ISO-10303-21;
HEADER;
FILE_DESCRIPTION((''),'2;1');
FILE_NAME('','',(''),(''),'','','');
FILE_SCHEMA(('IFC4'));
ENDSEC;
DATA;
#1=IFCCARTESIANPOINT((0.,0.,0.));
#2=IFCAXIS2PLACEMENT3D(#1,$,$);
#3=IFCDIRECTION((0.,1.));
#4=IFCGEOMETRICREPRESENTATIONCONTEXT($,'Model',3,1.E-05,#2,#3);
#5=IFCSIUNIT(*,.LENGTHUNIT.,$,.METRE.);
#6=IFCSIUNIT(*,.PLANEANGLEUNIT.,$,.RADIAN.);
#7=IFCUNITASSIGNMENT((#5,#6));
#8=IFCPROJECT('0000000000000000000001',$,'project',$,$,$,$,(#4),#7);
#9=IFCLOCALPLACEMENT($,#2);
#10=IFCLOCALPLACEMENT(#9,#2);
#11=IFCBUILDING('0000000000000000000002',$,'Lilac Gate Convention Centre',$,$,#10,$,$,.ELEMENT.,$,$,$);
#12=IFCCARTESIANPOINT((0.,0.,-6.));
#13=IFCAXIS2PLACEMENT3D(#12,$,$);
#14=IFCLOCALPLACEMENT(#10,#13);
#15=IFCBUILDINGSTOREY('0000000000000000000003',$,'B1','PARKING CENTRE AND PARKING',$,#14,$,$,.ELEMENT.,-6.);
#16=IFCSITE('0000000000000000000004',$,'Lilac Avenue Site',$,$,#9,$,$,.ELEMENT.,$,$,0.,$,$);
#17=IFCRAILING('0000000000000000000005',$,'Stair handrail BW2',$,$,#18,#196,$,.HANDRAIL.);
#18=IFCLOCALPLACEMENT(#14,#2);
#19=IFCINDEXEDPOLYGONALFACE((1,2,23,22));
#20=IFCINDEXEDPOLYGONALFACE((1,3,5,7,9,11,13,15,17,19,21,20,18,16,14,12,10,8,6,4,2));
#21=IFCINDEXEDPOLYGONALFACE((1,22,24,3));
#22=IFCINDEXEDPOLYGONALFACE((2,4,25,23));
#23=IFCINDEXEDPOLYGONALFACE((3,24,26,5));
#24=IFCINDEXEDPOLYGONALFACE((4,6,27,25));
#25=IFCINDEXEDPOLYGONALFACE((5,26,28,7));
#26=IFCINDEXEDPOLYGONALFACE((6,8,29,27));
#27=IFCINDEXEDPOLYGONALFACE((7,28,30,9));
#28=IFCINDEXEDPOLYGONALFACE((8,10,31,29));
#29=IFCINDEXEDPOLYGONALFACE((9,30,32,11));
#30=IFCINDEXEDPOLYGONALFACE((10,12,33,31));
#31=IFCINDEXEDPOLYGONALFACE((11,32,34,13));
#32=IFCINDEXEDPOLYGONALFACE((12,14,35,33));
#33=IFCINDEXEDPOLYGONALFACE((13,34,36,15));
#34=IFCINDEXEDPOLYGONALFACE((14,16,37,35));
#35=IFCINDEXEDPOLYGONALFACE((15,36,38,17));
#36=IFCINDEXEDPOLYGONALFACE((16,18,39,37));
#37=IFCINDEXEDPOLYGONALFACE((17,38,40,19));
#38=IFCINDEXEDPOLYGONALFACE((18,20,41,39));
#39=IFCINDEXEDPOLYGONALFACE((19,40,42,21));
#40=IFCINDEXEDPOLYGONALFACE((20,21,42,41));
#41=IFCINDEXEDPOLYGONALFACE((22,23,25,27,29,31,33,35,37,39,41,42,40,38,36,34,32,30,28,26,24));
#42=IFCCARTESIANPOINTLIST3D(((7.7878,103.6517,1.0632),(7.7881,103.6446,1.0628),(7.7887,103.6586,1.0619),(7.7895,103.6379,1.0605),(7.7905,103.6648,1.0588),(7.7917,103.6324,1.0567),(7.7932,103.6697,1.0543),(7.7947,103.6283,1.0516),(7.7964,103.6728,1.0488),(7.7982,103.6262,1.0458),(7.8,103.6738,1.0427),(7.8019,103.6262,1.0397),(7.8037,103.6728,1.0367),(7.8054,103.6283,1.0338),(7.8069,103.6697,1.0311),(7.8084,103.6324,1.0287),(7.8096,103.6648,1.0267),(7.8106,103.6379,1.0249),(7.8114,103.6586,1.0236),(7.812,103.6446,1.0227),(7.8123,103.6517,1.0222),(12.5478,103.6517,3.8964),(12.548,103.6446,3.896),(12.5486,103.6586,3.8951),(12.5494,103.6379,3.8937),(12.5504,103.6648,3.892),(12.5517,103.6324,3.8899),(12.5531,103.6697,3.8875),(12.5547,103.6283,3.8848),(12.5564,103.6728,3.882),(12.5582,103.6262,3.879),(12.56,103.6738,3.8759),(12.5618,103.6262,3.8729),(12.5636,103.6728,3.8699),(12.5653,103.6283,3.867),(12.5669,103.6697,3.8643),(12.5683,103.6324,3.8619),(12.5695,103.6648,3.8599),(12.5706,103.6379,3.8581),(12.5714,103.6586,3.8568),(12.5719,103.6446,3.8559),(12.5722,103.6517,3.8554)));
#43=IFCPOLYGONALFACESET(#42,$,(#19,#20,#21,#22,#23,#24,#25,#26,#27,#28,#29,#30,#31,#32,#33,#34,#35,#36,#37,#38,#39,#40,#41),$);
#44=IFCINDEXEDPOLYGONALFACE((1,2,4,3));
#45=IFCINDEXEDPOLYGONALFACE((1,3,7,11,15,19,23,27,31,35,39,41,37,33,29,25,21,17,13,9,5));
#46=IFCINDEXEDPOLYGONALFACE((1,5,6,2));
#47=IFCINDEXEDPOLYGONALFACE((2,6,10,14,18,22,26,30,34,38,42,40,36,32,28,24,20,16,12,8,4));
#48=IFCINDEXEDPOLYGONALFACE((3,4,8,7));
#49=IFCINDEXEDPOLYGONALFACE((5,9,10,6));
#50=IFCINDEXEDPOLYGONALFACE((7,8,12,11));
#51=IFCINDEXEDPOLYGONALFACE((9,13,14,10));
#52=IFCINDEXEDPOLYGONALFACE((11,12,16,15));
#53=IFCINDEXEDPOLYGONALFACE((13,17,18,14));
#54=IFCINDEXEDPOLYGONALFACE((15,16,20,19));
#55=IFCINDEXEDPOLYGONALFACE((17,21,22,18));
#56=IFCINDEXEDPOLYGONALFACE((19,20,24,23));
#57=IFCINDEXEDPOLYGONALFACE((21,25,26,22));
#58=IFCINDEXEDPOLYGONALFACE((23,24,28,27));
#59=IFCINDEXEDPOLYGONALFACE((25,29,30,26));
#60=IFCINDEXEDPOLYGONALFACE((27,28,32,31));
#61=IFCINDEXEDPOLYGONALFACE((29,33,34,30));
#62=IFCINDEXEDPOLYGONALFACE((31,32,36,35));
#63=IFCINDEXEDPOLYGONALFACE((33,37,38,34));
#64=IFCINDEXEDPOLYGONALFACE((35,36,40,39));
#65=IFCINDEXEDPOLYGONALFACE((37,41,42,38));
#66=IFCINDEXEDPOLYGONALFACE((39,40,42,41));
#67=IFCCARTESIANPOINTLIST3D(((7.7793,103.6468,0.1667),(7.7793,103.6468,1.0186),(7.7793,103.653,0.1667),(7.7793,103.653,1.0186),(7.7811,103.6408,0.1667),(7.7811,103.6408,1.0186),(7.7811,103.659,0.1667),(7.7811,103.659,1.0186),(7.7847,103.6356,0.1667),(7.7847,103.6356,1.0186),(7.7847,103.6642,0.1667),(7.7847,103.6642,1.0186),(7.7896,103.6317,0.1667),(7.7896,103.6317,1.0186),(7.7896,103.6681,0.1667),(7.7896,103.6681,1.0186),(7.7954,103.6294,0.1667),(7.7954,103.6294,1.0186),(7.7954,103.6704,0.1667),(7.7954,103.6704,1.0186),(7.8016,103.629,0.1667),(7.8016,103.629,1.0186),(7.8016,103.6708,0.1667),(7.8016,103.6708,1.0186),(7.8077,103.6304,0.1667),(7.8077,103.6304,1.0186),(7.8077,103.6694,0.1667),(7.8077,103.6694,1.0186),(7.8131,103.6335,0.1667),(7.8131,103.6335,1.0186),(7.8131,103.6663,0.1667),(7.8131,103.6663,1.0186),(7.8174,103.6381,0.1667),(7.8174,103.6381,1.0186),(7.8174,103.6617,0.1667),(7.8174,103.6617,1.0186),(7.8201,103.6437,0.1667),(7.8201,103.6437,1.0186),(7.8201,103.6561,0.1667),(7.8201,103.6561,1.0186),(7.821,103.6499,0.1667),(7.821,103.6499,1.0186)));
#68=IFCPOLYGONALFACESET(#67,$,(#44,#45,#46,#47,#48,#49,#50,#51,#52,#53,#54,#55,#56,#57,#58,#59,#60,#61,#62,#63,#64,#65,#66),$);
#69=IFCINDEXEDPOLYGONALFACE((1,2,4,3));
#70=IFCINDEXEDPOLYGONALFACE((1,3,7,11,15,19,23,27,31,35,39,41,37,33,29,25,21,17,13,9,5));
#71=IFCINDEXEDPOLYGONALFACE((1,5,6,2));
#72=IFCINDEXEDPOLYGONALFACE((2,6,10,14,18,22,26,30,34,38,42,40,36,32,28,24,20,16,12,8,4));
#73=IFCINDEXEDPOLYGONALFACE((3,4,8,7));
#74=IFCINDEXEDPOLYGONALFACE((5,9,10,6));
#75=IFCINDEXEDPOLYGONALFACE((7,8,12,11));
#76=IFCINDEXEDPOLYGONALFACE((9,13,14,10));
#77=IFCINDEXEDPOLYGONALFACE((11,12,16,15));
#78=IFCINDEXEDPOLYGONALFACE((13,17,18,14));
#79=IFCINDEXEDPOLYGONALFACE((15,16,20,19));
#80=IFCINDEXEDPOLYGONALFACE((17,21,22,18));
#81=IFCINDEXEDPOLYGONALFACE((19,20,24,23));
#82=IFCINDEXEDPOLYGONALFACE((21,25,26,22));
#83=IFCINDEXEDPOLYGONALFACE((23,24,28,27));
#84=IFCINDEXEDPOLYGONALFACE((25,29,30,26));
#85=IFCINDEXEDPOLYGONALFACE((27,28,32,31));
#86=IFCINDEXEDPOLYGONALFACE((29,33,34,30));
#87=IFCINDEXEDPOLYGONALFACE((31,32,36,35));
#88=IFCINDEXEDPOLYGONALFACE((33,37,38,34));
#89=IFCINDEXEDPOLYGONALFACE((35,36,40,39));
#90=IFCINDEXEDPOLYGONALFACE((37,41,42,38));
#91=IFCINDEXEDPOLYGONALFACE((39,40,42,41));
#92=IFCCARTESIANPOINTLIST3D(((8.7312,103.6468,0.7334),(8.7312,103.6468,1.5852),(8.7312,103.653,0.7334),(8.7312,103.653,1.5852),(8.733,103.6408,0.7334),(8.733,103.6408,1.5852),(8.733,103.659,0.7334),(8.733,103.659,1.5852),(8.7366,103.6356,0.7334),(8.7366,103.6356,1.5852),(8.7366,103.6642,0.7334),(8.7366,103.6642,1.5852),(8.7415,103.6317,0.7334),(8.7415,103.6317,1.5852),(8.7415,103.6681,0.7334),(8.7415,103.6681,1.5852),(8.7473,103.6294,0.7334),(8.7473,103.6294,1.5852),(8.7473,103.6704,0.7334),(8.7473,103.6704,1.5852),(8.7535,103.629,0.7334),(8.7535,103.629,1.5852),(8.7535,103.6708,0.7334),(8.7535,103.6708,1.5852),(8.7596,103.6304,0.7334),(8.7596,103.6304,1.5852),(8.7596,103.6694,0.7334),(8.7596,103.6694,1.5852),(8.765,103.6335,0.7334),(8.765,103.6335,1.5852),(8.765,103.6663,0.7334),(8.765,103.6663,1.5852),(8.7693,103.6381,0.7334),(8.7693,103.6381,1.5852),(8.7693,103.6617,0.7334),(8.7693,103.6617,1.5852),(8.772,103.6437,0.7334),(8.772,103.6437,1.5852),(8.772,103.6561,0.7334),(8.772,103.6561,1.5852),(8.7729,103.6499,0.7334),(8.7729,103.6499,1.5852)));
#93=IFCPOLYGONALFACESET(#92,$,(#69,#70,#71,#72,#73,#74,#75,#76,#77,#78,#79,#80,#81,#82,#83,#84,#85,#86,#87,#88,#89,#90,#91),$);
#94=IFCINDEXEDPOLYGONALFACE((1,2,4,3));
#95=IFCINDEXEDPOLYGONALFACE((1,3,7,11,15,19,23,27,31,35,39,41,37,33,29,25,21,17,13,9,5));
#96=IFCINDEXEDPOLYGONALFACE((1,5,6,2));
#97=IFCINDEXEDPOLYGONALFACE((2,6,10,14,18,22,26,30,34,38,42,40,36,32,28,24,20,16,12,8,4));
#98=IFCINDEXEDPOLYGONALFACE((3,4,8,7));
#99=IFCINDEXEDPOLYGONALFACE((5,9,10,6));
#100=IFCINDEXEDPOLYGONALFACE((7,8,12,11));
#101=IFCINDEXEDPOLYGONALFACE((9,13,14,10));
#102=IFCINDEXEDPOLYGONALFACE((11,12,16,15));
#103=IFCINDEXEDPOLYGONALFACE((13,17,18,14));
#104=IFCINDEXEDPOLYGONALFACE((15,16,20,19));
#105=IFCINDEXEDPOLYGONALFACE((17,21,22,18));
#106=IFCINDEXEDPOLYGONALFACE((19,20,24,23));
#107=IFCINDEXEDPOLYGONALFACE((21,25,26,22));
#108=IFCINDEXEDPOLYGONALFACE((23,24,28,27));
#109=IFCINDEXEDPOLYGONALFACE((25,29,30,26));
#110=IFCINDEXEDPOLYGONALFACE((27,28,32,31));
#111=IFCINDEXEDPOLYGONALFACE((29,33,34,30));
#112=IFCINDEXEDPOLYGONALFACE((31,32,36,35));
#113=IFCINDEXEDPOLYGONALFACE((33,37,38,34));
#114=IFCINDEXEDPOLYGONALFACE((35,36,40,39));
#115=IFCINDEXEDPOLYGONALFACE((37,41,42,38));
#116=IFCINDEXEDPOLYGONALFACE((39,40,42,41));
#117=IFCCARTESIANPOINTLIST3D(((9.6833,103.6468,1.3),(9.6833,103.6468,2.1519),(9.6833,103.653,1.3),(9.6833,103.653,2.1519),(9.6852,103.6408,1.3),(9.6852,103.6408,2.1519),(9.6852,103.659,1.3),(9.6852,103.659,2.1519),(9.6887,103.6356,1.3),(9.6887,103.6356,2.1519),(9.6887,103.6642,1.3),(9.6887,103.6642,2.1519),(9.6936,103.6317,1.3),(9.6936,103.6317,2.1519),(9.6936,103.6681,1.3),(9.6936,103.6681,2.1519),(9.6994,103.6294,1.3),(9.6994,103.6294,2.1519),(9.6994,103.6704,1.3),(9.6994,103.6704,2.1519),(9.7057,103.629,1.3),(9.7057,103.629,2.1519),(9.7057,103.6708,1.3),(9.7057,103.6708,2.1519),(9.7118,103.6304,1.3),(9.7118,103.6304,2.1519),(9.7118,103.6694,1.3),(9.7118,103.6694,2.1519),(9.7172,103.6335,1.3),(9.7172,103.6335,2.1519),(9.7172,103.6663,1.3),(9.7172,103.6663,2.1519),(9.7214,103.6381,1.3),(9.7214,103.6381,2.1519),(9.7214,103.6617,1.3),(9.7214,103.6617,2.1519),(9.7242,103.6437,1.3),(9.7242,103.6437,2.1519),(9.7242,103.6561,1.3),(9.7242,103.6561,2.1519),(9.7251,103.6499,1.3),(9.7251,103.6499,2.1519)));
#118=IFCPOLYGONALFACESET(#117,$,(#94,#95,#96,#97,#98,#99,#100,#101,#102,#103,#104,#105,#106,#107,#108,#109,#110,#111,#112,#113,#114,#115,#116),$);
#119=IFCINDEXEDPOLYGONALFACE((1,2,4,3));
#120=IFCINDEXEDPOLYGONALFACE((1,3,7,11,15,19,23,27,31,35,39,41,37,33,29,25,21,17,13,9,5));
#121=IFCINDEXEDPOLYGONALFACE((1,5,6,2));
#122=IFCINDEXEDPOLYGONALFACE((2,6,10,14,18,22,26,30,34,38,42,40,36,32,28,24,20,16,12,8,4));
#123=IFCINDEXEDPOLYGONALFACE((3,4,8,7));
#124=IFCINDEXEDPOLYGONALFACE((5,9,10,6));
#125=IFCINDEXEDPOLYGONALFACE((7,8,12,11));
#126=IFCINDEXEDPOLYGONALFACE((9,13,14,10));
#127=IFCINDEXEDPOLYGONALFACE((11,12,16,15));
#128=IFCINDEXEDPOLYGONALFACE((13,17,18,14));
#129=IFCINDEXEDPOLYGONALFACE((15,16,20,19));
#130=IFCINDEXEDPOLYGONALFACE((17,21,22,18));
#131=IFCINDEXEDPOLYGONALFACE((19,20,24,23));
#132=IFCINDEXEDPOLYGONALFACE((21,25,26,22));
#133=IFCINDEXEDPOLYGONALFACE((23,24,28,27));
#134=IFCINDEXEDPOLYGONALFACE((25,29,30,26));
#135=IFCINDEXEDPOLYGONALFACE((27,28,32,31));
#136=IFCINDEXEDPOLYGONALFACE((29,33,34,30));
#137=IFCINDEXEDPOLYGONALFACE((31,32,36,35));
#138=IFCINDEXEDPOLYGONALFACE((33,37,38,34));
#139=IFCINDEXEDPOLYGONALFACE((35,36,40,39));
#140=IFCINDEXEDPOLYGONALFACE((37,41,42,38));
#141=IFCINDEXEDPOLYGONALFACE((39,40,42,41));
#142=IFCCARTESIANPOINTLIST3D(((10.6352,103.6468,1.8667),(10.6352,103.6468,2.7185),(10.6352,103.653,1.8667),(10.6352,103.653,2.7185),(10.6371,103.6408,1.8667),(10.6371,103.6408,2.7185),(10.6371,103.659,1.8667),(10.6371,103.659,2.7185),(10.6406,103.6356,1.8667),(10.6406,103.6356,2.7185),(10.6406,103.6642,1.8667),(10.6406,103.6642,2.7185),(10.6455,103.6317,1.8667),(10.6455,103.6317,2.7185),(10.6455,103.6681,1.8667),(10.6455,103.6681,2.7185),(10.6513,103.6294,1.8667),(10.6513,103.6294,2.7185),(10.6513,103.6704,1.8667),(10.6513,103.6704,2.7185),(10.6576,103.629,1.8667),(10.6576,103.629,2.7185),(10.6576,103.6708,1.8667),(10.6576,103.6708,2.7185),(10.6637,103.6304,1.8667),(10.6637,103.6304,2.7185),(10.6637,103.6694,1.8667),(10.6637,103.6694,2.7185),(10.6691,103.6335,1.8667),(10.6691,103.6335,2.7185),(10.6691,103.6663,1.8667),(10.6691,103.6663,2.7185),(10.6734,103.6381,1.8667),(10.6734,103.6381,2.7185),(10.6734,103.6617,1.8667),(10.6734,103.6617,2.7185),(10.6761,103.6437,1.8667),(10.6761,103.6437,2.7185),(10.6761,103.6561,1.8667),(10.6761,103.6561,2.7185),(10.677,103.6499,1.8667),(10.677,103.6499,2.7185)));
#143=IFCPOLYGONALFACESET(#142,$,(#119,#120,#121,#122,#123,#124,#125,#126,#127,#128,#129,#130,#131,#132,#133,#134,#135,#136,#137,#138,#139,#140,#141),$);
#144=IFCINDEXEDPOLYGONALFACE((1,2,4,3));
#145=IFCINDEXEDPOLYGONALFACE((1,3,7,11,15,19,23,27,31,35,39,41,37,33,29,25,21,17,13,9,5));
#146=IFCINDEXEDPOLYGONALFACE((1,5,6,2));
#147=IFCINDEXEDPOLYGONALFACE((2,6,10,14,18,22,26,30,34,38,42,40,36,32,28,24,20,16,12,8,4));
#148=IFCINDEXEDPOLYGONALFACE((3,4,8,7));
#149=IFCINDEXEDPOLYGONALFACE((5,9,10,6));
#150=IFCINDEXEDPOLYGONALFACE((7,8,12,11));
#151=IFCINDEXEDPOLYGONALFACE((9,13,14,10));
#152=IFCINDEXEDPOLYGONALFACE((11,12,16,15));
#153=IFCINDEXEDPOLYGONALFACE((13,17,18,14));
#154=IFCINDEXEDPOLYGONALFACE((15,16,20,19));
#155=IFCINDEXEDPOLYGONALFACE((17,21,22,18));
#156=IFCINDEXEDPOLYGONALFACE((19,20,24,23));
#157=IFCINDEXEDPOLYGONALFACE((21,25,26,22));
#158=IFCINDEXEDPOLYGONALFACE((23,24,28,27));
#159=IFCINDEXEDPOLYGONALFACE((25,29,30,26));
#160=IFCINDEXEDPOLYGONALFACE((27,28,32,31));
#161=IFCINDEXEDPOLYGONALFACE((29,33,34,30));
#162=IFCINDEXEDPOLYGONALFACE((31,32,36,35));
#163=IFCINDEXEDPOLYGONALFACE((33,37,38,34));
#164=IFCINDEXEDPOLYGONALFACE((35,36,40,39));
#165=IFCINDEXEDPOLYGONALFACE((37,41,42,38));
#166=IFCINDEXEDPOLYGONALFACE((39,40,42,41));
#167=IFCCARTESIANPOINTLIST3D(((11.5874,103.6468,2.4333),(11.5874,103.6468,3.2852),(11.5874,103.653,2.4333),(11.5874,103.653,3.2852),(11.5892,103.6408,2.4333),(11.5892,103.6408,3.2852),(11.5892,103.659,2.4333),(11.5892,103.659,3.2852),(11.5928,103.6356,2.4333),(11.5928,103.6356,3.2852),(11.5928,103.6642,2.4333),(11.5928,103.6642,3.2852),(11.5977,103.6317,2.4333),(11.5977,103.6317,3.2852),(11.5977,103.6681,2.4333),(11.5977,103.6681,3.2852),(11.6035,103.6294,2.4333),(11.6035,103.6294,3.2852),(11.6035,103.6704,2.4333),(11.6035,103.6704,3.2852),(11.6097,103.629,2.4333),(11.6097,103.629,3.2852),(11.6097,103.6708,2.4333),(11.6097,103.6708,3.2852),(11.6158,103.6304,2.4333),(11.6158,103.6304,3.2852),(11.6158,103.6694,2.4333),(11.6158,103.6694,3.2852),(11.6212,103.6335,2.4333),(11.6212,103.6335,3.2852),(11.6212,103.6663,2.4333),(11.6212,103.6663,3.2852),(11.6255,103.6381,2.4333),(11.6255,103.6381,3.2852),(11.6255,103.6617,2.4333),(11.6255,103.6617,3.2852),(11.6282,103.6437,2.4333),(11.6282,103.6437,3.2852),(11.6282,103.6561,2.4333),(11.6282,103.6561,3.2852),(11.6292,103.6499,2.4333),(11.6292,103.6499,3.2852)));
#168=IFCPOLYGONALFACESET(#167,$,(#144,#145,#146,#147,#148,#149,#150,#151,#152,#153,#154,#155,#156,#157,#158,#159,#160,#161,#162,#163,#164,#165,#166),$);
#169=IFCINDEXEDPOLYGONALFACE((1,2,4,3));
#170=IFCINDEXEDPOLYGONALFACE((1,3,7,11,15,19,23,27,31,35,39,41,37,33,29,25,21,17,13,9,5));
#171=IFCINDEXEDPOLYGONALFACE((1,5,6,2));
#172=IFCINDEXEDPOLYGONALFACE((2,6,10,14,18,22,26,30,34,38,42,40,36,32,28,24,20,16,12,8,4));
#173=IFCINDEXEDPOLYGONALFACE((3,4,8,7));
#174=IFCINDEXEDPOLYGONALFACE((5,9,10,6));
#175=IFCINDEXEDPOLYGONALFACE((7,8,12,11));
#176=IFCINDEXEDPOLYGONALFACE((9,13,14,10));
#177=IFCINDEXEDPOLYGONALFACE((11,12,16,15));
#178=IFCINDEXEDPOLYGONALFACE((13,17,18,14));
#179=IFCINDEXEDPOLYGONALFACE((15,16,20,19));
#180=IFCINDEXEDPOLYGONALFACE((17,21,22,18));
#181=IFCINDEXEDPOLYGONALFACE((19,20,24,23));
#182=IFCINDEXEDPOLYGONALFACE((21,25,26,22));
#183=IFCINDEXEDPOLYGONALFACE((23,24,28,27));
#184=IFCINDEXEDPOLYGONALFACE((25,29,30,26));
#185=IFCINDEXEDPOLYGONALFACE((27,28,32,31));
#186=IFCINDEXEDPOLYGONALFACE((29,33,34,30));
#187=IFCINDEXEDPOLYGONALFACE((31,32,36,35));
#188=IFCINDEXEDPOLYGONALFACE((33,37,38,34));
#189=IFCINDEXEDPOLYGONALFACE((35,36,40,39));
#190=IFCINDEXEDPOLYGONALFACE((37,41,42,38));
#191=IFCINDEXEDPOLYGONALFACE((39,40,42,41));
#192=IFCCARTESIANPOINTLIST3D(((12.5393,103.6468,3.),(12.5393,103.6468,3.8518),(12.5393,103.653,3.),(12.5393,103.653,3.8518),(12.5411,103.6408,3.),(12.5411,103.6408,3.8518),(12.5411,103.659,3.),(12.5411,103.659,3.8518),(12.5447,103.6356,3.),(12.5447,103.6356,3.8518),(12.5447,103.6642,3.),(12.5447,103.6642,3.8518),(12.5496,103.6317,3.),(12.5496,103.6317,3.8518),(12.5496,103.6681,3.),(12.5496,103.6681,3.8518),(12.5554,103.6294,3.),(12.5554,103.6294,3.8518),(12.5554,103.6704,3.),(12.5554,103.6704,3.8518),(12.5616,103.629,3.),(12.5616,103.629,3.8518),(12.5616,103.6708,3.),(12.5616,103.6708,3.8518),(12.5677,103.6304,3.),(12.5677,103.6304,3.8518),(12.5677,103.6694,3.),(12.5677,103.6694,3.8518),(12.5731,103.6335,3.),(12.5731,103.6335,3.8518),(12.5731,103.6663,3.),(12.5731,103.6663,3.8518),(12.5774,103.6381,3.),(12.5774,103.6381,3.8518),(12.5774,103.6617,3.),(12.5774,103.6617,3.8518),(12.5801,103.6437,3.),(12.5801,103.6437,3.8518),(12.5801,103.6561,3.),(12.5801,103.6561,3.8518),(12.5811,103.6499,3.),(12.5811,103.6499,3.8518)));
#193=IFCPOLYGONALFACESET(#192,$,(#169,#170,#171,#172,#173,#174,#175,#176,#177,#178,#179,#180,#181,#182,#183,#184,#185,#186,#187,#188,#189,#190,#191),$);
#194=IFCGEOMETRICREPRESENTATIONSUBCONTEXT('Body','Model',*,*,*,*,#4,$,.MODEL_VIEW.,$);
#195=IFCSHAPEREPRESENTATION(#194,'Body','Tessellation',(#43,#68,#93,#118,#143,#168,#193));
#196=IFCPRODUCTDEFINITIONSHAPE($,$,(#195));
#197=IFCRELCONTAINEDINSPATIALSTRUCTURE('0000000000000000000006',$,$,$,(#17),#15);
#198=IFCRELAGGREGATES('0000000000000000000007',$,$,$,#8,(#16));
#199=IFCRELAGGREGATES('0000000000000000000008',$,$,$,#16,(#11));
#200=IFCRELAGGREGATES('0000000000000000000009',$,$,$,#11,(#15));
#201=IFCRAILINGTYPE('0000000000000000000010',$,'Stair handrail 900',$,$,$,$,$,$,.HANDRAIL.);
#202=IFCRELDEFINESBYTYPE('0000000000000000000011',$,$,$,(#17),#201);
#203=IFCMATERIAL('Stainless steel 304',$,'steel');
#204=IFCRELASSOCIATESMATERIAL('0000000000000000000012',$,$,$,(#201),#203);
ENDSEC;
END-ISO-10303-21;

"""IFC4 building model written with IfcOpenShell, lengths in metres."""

from ifc_helpers import new_model, si_unit, direction, frame, origin, origin_2d, place, context, subcontext, project, spatial, circle, extrude, material, type_object, element, save


model = new_model("IFC4")

# Units and contexts
model_context = context("Model", 3, precision=1e-05, world=origin(), true_north=direction((0.0, 1.0)))
body_context = subcontext(model_context, "Body", "Model", "MODEL_VIEW")
ifc_project = project(units=[si_unit("LENGTHUNIT", "METRE"), si_unit("PLANEANGLEUNIT", "RADIAN")], contexts=[model_context])

# Site, building, storey
site_placement = place(None, origin())
site = spatial("IfcSite", under=ifc_project, at=site_placement, Name="Lilac Avenue Site", CompositionType="ELEMENT", RefElevation=0.0)
building_placement = place(site_placement, origin())
building = spatial("IfcBuilding", under=site, at=building_placement, Name="Lilac Gate Convention Centre", CompositionType="ELEMENT")
storey_placement = place(building_placement, frame((0.0, 0.0, -6.0)))
storey = spatial("IfcBuildingStorey", under=building, at=storey_placement, Name="B1", Description="PARKING CENTRE AND PARKING", CompositionType="ELEMENT", Elevation=-6.0)

# Shared definitions
ifc_material_1 = material(Name="Stainless steel 304", Category="steel")

# Railing
railing_type = type_object("IfcRailingType", Name="Stair handrail 900", PredefinedType="HANDRAIL", material=ifc_material_1)
for number, where, name in (
    (1, (7.8, 103.6499, 0.1667), "Stair handrail BW2"),
):
    element("IfcRailing", number, at=place(storey_placement, frame(where)), inside=storey, type_object=railing_type, Name=name, PredefinedType="HANDRAIL", context=body_context, shape_type="SweptSolid", body=[
        extrude(circle(Radius=0.0239, at=origin_2d()), frame((0.0, 0.0, 0.876), z_axis=(0.8593, 0.0, 0.511472), x_axis=(0.0, 1.0, 0.0)), (0.0, 0.0, 1.0), 5.5393),
        extrude(circle(Radius=0.021, at=origin_2d()), origin(), (0.0, 0.0, 1.0), 0.8518),
        extrude(circle(Radius=0.021, at=origin_2d()), frame((0.9519, 0.0, 0.5667)), (0.0, 0.0, 1.0), 0.8518),
        extrude(circle(Radius=0.021, at=origin_2d()), frame((1.9041, 0.0, 1.1333)), (0.0, 0.0, 1.0), 0.8518),
        extrude(circle(Radius=0.021, at=origin_2d()), frame((2.856, 0.0, 1.7)), (0.0, 0.0, 1.0), 0.8518),
        extrude(circle(Radius=0.021, at=origin_2d()), frame((3.8081, 0.0, 2.2666)), (0.0, 0.0, 1.0), 0.8518),
        extrude(circle(Radius=0.021, at=origin_2d()), frame((4.76, 0.0, 2.8333)), (0.0, 0.0, 1.0), 0.8518),
    ])

save(model, "model.ifc")
